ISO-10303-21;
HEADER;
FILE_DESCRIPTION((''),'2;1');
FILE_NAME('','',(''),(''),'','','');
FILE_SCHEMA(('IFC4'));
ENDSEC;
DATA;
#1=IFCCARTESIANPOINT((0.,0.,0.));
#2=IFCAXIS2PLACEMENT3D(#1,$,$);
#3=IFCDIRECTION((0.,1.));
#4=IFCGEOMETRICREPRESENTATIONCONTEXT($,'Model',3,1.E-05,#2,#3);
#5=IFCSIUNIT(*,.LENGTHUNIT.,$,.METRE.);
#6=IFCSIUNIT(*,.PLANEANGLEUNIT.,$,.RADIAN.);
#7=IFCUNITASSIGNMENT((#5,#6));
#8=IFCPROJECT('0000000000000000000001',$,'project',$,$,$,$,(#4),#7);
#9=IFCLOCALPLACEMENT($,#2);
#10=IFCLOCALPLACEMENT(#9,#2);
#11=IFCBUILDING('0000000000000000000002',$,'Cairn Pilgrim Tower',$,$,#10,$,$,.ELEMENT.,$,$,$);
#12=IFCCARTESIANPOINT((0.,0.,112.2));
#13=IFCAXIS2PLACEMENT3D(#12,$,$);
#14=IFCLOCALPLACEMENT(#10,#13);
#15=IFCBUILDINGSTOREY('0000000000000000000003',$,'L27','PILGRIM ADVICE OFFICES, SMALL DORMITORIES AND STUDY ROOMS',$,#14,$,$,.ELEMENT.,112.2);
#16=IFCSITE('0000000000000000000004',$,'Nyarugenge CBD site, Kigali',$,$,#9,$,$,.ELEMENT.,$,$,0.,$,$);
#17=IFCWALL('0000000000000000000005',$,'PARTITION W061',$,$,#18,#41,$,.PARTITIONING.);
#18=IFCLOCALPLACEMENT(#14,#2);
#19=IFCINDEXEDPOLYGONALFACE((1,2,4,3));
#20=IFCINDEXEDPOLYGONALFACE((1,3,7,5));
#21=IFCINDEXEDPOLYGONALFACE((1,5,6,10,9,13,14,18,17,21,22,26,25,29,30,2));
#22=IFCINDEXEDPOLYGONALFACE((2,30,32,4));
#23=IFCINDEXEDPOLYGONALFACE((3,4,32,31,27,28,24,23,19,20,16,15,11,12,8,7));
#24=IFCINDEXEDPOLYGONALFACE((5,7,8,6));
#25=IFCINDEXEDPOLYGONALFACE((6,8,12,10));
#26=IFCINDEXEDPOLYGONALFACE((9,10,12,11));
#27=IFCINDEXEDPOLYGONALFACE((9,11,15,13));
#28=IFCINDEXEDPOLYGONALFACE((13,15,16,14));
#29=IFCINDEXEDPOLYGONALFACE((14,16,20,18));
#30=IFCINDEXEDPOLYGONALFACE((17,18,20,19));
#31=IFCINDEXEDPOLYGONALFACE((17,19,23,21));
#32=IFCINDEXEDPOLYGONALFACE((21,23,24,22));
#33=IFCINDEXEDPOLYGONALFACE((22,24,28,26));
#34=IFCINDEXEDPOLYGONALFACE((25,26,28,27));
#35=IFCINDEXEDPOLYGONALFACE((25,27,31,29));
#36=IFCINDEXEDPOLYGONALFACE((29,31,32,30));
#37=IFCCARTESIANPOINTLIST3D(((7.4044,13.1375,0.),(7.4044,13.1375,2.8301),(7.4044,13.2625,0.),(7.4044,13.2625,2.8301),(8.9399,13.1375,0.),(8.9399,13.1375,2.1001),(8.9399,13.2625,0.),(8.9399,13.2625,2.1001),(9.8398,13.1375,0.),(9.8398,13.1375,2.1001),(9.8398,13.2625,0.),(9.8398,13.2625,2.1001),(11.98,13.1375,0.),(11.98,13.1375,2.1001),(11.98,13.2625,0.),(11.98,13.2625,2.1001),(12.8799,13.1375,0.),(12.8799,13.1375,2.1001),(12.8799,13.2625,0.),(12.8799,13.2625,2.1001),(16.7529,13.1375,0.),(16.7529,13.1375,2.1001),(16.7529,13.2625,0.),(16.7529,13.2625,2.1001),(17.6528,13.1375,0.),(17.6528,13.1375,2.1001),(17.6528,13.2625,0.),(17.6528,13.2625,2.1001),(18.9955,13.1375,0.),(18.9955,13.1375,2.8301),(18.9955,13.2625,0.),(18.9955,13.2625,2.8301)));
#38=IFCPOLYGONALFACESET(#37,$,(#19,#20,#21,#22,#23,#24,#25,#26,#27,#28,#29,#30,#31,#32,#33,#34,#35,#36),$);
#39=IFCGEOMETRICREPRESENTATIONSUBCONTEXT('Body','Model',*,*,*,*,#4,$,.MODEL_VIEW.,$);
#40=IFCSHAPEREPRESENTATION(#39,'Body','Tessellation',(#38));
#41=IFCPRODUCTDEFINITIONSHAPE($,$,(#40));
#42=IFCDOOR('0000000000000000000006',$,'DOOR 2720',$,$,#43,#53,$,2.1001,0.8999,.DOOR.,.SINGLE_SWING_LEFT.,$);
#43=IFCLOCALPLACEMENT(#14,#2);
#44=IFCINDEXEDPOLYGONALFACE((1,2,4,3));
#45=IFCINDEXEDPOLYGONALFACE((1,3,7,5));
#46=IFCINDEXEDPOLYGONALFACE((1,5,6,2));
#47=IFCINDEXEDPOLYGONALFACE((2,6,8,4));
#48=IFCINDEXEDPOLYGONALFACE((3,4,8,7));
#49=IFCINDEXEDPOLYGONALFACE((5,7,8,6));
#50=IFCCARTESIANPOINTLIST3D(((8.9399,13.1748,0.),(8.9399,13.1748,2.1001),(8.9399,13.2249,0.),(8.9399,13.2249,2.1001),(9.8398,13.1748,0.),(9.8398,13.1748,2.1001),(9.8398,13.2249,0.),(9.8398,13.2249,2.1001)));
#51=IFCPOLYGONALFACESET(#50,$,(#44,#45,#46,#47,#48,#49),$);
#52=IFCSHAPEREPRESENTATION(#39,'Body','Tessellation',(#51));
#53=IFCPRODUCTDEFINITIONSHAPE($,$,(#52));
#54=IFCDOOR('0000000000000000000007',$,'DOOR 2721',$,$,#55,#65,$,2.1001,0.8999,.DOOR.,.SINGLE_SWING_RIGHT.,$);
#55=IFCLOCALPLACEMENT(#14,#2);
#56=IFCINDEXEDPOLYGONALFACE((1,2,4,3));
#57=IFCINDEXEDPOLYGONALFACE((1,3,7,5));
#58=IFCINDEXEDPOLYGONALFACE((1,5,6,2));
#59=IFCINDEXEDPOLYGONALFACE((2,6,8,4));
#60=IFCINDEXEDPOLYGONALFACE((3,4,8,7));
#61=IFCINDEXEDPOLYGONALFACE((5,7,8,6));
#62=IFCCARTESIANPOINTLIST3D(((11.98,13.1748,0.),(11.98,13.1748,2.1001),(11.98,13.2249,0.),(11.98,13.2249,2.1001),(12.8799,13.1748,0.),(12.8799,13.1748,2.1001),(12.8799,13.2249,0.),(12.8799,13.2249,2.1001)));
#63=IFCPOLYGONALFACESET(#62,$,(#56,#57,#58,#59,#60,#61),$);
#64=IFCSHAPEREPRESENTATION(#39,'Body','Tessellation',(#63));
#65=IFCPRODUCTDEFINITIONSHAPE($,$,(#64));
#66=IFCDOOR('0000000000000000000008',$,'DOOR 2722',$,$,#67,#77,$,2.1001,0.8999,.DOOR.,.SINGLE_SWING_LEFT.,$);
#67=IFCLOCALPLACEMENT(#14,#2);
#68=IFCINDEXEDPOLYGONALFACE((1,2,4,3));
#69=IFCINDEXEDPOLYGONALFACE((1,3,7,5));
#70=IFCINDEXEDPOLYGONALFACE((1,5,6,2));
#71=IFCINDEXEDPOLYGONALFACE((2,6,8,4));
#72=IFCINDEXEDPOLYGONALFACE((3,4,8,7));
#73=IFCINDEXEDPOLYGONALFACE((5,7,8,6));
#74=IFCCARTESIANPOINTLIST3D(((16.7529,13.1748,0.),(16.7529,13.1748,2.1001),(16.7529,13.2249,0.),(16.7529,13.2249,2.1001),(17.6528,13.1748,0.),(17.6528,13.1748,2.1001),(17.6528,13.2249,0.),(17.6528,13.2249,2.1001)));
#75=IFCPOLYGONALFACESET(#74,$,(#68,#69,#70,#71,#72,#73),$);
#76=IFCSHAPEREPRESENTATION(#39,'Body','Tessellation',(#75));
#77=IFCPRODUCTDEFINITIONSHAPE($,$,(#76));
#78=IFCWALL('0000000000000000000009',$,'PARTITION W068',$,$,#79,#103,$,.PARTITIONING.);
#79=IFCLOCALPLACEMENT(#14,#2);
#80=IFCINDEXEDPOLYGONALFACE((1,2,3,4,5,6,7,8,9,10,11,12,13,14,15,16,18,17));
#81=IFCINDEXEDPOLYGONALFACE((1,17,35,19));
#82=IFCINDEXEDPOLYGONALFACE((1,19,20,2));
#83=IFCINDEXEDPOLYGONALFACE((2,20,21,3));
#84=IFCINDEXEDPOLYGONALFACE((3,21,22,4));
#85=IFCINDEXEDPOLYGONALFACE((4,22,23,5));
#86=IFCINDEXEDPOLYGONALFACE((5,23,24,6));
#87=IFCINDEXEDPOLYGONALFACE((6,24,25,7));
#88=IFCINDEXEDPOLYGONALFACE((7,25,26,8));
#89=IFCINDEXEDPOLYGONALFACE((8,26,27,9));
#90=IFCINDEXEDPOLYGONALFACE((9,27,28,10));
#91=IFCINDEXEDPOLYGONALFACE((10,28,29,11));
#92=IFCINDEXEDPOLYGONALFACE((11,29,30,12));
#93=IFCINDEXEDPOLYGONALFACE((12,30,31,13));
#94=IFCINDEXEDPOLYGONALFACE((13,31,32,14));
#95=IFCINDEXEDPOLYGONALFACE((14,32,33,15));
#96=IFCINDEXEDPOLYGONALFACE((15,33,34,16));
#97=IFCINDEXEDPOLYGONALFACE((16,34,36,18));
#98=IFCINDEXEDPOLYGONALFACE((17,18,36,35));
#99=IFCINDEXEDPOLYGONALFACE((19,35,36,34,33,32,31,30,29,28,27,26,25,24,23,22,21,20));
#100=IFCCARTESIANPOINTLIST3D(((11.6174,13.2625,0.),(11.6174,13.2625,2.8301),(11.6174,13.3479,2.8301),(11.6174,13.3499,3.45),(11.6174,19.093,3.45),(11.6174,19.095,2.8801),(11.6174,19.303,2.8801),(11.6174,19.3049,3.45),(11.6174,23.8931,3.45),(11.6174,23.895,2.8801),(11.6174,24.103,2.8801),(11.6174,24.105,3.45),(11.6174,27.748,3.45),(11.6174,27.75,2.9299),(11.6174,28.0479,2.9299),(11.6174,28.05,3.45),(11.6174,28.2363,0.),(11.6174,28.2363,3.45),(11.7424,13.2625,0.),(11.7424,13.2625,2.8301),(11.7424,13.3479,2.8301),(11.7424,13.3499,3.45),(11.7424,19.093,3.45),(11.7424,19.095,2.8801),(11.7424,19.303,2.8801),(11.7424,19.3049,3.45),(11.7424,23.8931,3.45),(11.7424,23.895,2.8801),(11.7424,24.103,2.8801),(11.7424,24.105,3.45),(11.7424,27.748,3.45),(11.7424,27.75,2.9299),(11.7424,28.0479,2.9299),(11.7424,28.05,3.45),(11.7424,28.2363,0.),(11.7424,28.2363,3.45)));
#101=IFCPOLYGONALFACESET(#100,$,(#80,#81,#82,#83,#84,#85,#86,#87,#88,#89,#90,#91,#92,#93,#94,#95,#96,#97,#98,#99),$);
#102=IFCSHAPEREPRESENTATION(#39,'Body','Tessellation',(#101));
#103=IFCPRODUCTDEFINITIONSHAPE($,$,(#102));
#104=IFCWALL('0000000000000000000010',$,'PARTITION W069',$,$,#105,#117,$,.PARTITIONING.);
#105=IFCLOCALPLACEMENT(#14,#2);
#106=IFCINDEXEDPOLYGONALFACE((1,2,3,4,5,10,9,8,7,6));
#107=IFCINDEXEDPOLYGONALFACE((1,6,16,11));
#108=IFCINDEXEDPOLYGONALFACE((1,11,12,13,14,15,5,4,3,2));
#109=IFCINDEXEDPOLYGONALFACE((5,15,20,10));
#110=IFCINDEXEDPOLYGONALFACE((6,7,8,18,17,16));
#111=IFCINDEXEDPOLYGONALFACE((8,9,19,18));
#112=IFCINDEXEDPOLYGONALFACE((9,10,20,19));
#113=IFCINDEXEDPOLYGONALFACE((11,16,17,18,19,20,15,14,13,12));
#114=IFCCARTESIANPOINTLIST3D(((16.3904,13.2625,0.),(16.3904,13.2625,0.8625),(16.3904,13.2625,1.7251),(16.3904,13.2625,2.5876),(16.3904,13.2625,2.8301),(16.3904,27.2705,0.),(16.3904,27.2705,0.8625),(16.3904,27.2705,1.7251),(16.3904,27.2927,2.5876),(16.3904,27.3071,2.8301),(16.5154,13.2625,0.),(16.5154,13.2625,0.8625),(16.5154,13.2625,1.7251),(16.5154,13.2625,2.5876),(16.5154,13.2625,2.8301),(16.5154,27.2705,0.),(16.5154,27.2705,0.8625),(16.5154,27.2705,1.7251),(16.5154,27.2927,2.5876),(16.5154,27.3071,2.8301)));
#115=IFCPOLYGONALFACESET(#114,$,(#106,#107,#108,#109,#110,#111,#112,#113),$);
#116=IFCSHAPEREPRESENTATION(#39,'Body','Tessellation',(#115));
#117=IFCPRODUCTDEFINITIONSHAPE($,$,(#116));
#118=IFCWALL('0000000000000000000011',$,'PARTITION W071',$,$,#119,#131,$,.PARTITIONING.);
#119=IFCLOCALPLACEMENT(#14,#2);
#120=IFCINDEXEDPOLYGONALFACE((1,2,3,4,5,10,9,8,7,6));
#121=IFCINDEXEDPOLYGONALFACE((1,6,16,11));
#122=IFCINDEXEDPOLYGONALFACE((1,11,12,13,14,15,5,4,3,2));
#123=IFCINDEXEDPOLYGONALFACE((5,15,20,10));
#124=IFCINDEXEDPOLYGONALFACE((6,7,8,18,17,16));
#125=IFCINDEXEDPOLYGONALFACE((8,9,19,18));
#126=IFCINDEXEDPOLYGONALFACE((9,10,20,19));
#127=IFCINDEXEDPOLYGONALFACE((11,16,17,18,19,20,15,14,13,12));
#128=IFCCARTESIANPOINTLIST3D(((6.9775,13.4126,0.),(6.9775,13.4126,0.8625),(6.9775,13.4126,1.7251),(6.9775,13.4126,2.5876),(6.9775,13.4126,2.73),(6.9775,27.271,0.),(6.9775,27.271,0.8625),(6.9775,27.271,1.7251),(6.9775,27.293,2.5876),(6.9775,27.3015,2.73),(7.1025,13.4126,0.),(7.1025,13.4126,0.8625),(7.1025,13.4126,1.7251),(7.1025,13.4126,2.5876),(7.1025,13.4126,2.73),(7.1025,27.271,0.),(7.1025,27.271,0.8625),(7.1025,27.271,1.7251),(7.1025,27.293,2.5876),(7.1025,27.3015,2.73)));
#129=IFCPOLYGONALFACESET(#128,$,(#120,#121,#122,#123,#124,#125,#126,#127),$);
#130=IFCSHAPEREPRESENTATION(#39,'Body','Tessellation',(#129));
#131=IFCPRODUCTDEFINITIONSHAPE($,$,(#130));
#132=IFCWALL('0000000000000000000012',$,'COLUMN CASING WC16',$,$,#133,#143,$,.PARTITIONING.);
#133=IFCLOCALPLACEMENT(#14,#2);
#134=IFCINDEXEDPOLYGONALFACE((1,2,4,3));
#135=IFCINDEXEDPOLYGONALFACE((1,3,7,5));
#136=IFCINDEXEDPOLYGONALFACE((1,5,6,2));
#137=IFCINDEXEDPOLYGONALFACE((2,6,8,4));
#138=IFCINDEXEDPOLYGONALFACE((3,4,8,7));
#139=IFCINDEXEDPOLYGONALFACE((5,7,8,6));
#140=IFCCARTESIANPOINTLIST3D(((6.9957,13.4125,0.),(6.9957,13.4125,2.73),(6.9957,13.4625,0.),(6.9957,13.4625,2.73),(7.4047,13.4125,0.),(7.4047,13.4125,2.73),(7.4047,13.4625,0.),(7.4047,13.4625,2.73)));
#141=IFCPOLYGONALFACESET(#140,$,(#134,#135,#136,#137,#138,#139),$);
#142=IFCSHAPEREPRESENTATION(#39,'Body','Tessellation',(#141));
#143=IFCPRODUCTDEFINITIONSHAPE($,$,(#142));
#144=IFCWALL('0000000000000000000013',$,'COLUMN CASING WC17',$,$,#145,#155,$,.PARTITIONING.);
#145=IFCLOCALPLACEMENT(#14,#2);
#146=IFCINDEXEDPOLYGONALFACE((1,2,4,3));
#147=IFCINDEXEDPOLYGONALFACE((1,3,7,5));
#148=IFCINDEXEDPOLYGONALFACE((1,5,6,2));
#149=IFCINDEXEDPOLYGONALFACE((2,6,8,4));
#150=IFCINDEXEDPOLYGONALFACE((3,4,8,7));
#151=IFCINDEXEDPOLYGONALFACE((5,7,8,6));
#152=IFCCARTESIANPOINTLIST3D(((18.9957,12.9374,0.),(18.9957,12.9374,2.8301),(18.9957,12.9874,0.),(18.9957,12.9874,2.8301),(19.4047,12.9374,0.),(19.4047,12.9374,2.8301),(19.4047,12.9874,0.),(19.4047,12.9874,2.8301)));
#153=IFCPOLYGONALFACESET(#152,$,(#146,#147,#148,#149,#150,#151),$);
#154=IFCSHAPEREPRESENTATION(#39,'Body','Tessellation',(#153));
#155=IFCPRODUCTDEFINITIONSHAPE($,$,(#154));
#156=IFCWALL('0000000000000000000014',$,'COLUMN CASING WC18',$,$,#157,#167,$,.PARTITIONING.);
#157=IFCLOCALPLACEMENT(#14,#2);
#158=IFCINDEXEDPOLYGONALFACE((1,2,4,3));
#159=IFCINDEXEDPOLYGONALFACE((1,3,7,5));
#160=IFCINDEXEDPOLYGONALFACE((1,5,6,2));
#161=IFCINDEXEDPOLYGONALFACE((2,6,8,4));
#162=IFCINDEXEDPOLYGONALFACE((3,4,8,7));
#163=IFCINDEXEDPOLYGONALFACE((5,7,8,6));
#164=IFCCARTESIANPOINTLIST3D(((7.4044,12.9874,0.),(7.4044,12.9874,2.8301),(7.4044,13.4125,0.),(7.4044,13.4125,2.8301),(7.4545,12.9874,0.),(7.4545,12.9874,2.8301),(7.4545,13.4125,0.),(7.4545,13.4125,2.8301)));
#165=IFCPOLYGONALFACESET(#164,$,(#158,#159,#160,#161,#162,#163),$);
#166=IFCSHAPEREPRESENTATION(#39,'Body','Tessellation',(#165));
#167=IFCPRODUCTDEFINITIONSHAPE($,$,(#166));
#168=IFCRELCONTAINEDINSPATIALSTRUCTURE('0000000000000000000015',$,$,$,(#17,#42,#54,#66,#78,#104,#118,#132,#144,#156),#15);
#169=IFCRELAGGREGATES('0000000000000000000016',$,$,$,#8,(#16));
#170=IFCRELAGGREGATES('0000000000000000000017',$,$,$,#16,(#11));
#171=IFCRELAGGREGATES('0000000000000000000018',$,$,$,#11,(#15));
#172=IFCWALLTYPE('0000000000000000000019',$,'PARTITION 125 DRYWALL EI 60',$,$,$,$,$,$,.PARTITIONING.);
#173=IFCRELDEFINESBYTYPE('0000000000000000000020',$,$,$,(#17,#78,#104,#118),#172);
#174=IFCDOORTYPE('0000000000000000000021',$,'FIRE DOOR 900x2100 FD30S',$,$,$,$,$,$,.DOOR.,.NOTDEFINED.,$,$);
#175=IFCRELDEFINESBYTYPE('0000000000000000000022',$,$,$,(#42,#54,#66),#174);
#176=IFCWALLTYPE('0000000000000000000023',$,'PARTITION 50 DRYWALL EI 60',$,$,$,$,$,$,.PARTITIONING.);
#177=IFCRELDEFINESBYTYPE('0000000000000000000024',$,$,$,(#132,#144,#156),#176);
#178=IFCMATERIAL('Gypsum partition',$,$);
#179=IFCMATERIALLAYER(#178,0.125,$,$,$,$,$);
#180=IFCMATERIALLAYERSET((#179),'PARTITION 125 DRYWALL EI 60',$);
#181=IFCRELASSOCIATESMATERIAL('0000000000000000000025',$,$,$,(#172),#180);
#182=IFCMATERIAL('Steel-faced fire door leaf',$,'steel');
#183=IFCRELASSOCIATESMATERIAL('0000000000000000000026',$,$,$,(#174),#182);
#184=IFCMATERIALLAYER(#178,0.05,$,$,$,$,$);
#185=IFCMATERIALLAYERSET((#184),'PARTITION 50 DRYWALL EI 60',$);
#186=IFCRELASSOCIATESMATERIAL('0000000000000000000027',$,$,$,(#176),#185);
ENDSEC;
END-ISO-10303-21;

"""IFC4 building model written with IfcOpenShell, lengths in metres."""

from ifc_helpers import new_model, si_unit, direction, frame, frame_2d, origin, place, context, subcontext, project, spatial, polyline, rectangle, outline, extrude, material, layer, layer_set, type_object, element, fill, save


model = new_model("IFC4")

# Units and contexts
model_context = context("Model", 3, precision=1e-05, world=origin(), true_north=direction((0.0, 1.0)))
body_context = subcontext(model_context, "Body", "Model", "MODEL_VIEW")
ifc_project = project(units=[si_unit("LENGTHUNIT", "METRE"), si_unit("PLANEANGLEUNIT", "RADIAN")], contexts=[model_context])

# Site, building, storey
site_placement = place(None, origin())
site = spatial("IfcSite", under=ifc_project, at=site_placement, Name="Nyarugenge CBD site, Kigali", CompositionType="ELEMENT", RefElevation=0.0)
building_placement = place(site_placement, origin())
building = spatial("IfcBuilding", under=site, at=building_placement, Name="Cairn Pilgrim Tower", CompositionType="ELEMENT")
storey_placement = place(building_placement, frame((0.0, 0.0, 112.2)))
storey = spatial("IfcBuildingStorey", under=building, at=storey_placement, Name="L27", Description="PILGRIM ADVICE OFFICES, SMALL DORMITORIES AND STUDY ROOMS", CompositionType="ELEMENT", Elevation=112.2)

# Wall, openings, doors
ifc_material_1 = material(Name="Gypsum partition")
ifc_layer_1 = layer(ifc_material_1, 0.125)
ifc_layer_set_1 = layer_set([ifc_layer_1], Name="PARTITION 125 DRYWALL EI 60")
wall_type_1 = type_object("IfcWallType", Name="PARTITION 125 DRYWALL EI 60", PredefinedType="PARTITIONING", material=ifc_layer_set_1)
wall_1_placement = place(storey_placement, frame((7.4045, 13.2, 0.0), z_axis=(0.0, 0.0, 1.0), x_axis=(1.0, 0.0, 0.0)))
wall_1 = element("IfcWall", 1, at=wall_1_placement, inside=storey, type_object=wall_type_1, Name="PARTITION W061", PredefinedType="PARTITIONING", context=body_context, shape_type="SweptSolid", body=[
    extrude(rectangle(XDim=11.5911, YDim=0.125, at=frame_2d((5.7954, 0.0))), origin(), (0.0, 0.0, 1.0), 2.8301),
])
opening_1_placement = place(wall_1_placement, frame((1.5354, 0.0, 0.0)))
opening_1 = element("IfcOpeningElement", 2, at=opening_1_placement, cuts=wall_1, PredefinedType="OPENING", context=body_context, shape_type="SweptSolid", body=[
    extrude(rectangle(XDim=0.8999, YDim=2.1001, at=frame_2d((0.45, 1.05))), frame((0.0, 0.0725, 0.0), z_axis=(0.0, -1.0, 0.0), x_axis=(1.0, 0.0, 0.0)), (0.0, 0.0, 1.0), 0.145),
])
opening_2_placement = place(wall_1_placement, frame((4.5754, 0.0, 0.0)))
opening_2 = element("IfcOpeningElement", 3, at=opening_2_placement, cuts=wall_1, PredefinedType="OPENING", context=body_context, shape_type="SweptSolid", body=[
    extrude(rectangle(XDim=0.8999, YDim=2.1001, at=frame_2d((0.45, 1.05))), frame((0.0, 0.0725, 0.0), z_axis=(0.0, -1.0, 0.0), x_axis=(1.0, 0.0, 0.0)), (0.0, 0.0, 1.0), 0.145),
])
opening_3_placement = place(wall_1_placement, frame((9.3484, 0.0, 0.0)))
opening_3 = element("IfcOpeningElement", 4, at=opening_3_placement, cuts=wall_1, PredefinedType="OPENING", context=body_context, shape_type="SweptSolid", body=[
    extrude(rectangle(XDim=0.8999, YDim=2.1001, at=frame_2d((0.45, 1.05))), frame((0.0, 0.0725, 0.0), z_axis=(0.0, -1.0, 0.0), x_axis=(1.0, 0.0, 0.0)), (0.0, 0.0, 1.0), 0.145),
])
ifc_material_2 = material(Name="Steel-faced fire door leaf", Category="steel")
door_type_1 = type_object("IfcDoorType", Name="FIRE DOOR 900x2100 FD30S", OperationType="NOTDEFINED", PredefinedType="DOOR", material=ifc_material_2)
door_1_placement = place(opening_1_placement, origin())
door_1 = element("IfcDoor", 5, at=door_1_placement, inside=storey, type_object=door_type_1, Name="DOOR 2720", OperationType="SINGLE_SWING_LEFT", OverallHeight=2.1001, OverallWidth=0.8999, PredefinedType="DOOR", context=body_context, shape_type="SweptSolid", body=[
    extrude(rectangle(XDim=0.8999, YDim=2.1001, at=frame_2d((0.45, 1.05))), frame((0.0, 0.0249, 0.0), z_axis=(0.0, -1.0, 0.0), x_axis=(1.0, 0.0, 0.0)), (0.0, 0.0, 1.0), 0.05),
])
fill(opening_1, door_1)
door_2_placement = place(opening_2_placement, origin())
door_2 = element("IfcDoor", 6, at=door_2_placement, inside=storey, type_object=door_type_1, Name="DOOR 2721", OperationType="SINGLE_SWING_RIGHT", OverallHeight=2.1001, OverallWidth=0.8999, PredefinedType="DOOR", context=body_context, shape_type="SweptSolid", body=[
    extrude(rectangle(XDim=0.8999, YDim=2.1001, at=frame_2d((0.45, 1.05))), frame((0.0, 0.0249, 0.0), z_axis=(0.0, -1.0, 0.0), x_axis=(1.0, 0.0, 0.0)), (0.0, 0.0, 1.0), 0.05),
])
fill(opening_2, door_2)
door_3_placement = place(opening_3_placement, origin())
door_3 = element("IfcDoor", 7, at=door_3_placement, inside=storey, type_object=door_type_1, Name="DOOR 2722", OperationType="SINGLE_SWING_LEFT", OverallHeight=2.1001, OverallWidth=0.8999, PredefinedType="DOOR", context=body_context, shape_type="SweptSolid", body=[
    extrude(rectangle(XDim=0.8999, YDim=2.1001, at=frame_2d((0.45, 1.05))), frame((0.0, 0.0249, 0.0), z_axis=(0.0, -1.0, 0.0), x_axis=(1.0, 0.0, 0.0)), (0.0, 0.0, 1.0), 0.05),
])
fill(opening_3, door_3)

# Walls
wall_2_placement = place(storey_placement, frame((11.6799, 13.2625, 0.0), z_axis=(0.0, 0.0, 1.0), x_axis=(0.0, 1.0, 0.0)))
element("IfcWall", 8, at=wall_2_placement, inside=storey, type_object=wall_type_1, Name="PARTITION W068", PredefinedType="PARTITIONING", context=body_context, shape_type="SweptSolid", body=[
    extrude(outline(polyline([(0.0, 0.0), (14.9739, 0.0), (14.9739, 3.45), (14.7876, 3.45), (14.7854, 2.9299), (14.4875, 2.9299), (14.4856, 3.45), (10.8425, 3.45), (10.8406, 2.8801), (10.6326, 2.8801), (10.6306, 3.45), (6.0425, 3.45), (6.0405, 2.8801), (5.8325, 2.8801), (5.8306, 3.45), (0.0874, 3.45), (0.0854, 2.8301), (0.0, 2.8301), (0.0, 0.0)])), frame((0.0, 0.0625, 0.0), z_axis=(0.0, -1.0, 0.0), x_axis=(1.0, 0.0, 0.0)), (0.0, 0.0, 1.0), 0.125),
])
wall_3_placement = place(storey_placement, frame((16.4529, 13.2625, 0.0), z_axis=(0.0, 0.0, 1.0), x_axis=(0.0, 1.0, 0.0)))
element("IfcWall", 9, at=wall_3_placement, inside=storey, type_object=wall_type_1, Name="PARTITION W069", PredefinedType="PARTITIONING", context=body_context, shape_type="SweptSolid", body=[
    extrude(outline(polyline([(0.0, 0.0), (14.0081, 0.0), (14.0081, 0.8625), (14.0081, 1.7251), (14.0303, 2.5876), (14.0447, 2.8301), (0.0, 2.8301), (0.0, 2.5876), (0.0, 1.7251), (0.0, 0.8625), (0.0, 0.0)])), frame((0.0, 0.0625, 0.0), z_axis=(0.0, -1.0, 0.0), x_axis=(1.0, 0.0, 0.0)), (0.0, 0.0, 1.0), 0.125),
])
wall_4_placement = place(storey_placement, frame((7.04, 13.4126, 0.0), z_axis=(0.0, 0.0, 1.0), x_axis=(0.0, 1.0, 0.0)))
element("IfcWall", 10, at=wall_4_placement, inside=storey, type_object=wall_type_1, Name="PARTITION W071", PredefinedType="PARTITIONING", context=body_context, shape_type="SweptSolid", body=[
    extrude(outline(polyline([(0.0, 0.0), (13.8584, 0.0), (13.8584, 0.8625), (13.8584, 1.7251), (13.8804, 2.5876), (13.8889, 2.73), (0.0, 2.73), (0.0, 2.5876), (0.0, 1.7251), (0.0, 0.8625), (0.0, 0.0)])), frame((0.0, 0.0625, 0.0), z_axis=(0.0, -1.0, 0.0), x_axis=(1.0, 0.0, 0.0)), (0.0, 0.0, 1.0), 0.125),
])
ifc_layer_2 = layer(ifc_material_1, 0.05)
ifc_layer_set_2 = layer_set([ifc_layer_2], Name="PARTITION 50 DRYWALL EI 60")
wall_type_2 = type_object("IfcWallType", Name="PARTITION 50 DRYWALL EI 60", PredefinedType="PARTITIONING", material=ifc_layer_set_2)
wall_5_placement = place(storey_placement, frame((6.9956, 13.4375, 0.0), z_axis=(0.0, 0.0, 1.0), x_axis=(1.0, 0.0, 0.0)))
element("IfcWall", 11, at=wall_5_placement, inside=storey, type_object=wall_type_2, Name="COLUMN CASING WC16", PredefinedType="PARTITIONING", context=body_context, shape_type="SweptSolid", body=[
    extrude(rectangle(XDim=0.4089, YDim=0.05, at=frame_2d((0.2046, 0.0))), origin(), (0.0, 0.0, 1.0), 2.73),
])
wall_6_placement = place(storey_placement, frame((18.9956, 12.9624, 0.0), z_axis=(0.0, 0.0, 1.0), x_axis=(1.0, 0.0, 0.0)))
element("IfcWall", 12, at=wall_6_placement, inside=storey, type_object=wall_type_2, Name="COLUMN CASING WC17", PredefinedType="PARTITIONING", context=body_context, shape_type="SweptSolid", body=[
    extrude(rectangle(XDim=0.4089, YDim=0.05, at=frame_2d((0.2046, 0.0))), origin(), (0.0, 0.0, 1.0), 2.8301),
])
wall_7_placement = place(storey_placement, frame((7.4294, 12.9875, 0.0), z_axis=(0.0, 0.0, 1.0), x_axis=(0.0, 1.0, 0.0)))
element("IfcWall", 13, at=wall_7_placement, inside=storey, type_object=wall_type_2, Name="COLUMN CASING WC18", PredefinedType="PARTITIONING", context=body_context, shape_type="SweptSolid", body=[
    extrude(rectangle(XDim=0.425, YDim=0.05, at=frame_2d((0.2124, 0.0))), origin(), (0.0, 0.0, 1.0), 2.8301),
])

save(model, "model.ifc")
